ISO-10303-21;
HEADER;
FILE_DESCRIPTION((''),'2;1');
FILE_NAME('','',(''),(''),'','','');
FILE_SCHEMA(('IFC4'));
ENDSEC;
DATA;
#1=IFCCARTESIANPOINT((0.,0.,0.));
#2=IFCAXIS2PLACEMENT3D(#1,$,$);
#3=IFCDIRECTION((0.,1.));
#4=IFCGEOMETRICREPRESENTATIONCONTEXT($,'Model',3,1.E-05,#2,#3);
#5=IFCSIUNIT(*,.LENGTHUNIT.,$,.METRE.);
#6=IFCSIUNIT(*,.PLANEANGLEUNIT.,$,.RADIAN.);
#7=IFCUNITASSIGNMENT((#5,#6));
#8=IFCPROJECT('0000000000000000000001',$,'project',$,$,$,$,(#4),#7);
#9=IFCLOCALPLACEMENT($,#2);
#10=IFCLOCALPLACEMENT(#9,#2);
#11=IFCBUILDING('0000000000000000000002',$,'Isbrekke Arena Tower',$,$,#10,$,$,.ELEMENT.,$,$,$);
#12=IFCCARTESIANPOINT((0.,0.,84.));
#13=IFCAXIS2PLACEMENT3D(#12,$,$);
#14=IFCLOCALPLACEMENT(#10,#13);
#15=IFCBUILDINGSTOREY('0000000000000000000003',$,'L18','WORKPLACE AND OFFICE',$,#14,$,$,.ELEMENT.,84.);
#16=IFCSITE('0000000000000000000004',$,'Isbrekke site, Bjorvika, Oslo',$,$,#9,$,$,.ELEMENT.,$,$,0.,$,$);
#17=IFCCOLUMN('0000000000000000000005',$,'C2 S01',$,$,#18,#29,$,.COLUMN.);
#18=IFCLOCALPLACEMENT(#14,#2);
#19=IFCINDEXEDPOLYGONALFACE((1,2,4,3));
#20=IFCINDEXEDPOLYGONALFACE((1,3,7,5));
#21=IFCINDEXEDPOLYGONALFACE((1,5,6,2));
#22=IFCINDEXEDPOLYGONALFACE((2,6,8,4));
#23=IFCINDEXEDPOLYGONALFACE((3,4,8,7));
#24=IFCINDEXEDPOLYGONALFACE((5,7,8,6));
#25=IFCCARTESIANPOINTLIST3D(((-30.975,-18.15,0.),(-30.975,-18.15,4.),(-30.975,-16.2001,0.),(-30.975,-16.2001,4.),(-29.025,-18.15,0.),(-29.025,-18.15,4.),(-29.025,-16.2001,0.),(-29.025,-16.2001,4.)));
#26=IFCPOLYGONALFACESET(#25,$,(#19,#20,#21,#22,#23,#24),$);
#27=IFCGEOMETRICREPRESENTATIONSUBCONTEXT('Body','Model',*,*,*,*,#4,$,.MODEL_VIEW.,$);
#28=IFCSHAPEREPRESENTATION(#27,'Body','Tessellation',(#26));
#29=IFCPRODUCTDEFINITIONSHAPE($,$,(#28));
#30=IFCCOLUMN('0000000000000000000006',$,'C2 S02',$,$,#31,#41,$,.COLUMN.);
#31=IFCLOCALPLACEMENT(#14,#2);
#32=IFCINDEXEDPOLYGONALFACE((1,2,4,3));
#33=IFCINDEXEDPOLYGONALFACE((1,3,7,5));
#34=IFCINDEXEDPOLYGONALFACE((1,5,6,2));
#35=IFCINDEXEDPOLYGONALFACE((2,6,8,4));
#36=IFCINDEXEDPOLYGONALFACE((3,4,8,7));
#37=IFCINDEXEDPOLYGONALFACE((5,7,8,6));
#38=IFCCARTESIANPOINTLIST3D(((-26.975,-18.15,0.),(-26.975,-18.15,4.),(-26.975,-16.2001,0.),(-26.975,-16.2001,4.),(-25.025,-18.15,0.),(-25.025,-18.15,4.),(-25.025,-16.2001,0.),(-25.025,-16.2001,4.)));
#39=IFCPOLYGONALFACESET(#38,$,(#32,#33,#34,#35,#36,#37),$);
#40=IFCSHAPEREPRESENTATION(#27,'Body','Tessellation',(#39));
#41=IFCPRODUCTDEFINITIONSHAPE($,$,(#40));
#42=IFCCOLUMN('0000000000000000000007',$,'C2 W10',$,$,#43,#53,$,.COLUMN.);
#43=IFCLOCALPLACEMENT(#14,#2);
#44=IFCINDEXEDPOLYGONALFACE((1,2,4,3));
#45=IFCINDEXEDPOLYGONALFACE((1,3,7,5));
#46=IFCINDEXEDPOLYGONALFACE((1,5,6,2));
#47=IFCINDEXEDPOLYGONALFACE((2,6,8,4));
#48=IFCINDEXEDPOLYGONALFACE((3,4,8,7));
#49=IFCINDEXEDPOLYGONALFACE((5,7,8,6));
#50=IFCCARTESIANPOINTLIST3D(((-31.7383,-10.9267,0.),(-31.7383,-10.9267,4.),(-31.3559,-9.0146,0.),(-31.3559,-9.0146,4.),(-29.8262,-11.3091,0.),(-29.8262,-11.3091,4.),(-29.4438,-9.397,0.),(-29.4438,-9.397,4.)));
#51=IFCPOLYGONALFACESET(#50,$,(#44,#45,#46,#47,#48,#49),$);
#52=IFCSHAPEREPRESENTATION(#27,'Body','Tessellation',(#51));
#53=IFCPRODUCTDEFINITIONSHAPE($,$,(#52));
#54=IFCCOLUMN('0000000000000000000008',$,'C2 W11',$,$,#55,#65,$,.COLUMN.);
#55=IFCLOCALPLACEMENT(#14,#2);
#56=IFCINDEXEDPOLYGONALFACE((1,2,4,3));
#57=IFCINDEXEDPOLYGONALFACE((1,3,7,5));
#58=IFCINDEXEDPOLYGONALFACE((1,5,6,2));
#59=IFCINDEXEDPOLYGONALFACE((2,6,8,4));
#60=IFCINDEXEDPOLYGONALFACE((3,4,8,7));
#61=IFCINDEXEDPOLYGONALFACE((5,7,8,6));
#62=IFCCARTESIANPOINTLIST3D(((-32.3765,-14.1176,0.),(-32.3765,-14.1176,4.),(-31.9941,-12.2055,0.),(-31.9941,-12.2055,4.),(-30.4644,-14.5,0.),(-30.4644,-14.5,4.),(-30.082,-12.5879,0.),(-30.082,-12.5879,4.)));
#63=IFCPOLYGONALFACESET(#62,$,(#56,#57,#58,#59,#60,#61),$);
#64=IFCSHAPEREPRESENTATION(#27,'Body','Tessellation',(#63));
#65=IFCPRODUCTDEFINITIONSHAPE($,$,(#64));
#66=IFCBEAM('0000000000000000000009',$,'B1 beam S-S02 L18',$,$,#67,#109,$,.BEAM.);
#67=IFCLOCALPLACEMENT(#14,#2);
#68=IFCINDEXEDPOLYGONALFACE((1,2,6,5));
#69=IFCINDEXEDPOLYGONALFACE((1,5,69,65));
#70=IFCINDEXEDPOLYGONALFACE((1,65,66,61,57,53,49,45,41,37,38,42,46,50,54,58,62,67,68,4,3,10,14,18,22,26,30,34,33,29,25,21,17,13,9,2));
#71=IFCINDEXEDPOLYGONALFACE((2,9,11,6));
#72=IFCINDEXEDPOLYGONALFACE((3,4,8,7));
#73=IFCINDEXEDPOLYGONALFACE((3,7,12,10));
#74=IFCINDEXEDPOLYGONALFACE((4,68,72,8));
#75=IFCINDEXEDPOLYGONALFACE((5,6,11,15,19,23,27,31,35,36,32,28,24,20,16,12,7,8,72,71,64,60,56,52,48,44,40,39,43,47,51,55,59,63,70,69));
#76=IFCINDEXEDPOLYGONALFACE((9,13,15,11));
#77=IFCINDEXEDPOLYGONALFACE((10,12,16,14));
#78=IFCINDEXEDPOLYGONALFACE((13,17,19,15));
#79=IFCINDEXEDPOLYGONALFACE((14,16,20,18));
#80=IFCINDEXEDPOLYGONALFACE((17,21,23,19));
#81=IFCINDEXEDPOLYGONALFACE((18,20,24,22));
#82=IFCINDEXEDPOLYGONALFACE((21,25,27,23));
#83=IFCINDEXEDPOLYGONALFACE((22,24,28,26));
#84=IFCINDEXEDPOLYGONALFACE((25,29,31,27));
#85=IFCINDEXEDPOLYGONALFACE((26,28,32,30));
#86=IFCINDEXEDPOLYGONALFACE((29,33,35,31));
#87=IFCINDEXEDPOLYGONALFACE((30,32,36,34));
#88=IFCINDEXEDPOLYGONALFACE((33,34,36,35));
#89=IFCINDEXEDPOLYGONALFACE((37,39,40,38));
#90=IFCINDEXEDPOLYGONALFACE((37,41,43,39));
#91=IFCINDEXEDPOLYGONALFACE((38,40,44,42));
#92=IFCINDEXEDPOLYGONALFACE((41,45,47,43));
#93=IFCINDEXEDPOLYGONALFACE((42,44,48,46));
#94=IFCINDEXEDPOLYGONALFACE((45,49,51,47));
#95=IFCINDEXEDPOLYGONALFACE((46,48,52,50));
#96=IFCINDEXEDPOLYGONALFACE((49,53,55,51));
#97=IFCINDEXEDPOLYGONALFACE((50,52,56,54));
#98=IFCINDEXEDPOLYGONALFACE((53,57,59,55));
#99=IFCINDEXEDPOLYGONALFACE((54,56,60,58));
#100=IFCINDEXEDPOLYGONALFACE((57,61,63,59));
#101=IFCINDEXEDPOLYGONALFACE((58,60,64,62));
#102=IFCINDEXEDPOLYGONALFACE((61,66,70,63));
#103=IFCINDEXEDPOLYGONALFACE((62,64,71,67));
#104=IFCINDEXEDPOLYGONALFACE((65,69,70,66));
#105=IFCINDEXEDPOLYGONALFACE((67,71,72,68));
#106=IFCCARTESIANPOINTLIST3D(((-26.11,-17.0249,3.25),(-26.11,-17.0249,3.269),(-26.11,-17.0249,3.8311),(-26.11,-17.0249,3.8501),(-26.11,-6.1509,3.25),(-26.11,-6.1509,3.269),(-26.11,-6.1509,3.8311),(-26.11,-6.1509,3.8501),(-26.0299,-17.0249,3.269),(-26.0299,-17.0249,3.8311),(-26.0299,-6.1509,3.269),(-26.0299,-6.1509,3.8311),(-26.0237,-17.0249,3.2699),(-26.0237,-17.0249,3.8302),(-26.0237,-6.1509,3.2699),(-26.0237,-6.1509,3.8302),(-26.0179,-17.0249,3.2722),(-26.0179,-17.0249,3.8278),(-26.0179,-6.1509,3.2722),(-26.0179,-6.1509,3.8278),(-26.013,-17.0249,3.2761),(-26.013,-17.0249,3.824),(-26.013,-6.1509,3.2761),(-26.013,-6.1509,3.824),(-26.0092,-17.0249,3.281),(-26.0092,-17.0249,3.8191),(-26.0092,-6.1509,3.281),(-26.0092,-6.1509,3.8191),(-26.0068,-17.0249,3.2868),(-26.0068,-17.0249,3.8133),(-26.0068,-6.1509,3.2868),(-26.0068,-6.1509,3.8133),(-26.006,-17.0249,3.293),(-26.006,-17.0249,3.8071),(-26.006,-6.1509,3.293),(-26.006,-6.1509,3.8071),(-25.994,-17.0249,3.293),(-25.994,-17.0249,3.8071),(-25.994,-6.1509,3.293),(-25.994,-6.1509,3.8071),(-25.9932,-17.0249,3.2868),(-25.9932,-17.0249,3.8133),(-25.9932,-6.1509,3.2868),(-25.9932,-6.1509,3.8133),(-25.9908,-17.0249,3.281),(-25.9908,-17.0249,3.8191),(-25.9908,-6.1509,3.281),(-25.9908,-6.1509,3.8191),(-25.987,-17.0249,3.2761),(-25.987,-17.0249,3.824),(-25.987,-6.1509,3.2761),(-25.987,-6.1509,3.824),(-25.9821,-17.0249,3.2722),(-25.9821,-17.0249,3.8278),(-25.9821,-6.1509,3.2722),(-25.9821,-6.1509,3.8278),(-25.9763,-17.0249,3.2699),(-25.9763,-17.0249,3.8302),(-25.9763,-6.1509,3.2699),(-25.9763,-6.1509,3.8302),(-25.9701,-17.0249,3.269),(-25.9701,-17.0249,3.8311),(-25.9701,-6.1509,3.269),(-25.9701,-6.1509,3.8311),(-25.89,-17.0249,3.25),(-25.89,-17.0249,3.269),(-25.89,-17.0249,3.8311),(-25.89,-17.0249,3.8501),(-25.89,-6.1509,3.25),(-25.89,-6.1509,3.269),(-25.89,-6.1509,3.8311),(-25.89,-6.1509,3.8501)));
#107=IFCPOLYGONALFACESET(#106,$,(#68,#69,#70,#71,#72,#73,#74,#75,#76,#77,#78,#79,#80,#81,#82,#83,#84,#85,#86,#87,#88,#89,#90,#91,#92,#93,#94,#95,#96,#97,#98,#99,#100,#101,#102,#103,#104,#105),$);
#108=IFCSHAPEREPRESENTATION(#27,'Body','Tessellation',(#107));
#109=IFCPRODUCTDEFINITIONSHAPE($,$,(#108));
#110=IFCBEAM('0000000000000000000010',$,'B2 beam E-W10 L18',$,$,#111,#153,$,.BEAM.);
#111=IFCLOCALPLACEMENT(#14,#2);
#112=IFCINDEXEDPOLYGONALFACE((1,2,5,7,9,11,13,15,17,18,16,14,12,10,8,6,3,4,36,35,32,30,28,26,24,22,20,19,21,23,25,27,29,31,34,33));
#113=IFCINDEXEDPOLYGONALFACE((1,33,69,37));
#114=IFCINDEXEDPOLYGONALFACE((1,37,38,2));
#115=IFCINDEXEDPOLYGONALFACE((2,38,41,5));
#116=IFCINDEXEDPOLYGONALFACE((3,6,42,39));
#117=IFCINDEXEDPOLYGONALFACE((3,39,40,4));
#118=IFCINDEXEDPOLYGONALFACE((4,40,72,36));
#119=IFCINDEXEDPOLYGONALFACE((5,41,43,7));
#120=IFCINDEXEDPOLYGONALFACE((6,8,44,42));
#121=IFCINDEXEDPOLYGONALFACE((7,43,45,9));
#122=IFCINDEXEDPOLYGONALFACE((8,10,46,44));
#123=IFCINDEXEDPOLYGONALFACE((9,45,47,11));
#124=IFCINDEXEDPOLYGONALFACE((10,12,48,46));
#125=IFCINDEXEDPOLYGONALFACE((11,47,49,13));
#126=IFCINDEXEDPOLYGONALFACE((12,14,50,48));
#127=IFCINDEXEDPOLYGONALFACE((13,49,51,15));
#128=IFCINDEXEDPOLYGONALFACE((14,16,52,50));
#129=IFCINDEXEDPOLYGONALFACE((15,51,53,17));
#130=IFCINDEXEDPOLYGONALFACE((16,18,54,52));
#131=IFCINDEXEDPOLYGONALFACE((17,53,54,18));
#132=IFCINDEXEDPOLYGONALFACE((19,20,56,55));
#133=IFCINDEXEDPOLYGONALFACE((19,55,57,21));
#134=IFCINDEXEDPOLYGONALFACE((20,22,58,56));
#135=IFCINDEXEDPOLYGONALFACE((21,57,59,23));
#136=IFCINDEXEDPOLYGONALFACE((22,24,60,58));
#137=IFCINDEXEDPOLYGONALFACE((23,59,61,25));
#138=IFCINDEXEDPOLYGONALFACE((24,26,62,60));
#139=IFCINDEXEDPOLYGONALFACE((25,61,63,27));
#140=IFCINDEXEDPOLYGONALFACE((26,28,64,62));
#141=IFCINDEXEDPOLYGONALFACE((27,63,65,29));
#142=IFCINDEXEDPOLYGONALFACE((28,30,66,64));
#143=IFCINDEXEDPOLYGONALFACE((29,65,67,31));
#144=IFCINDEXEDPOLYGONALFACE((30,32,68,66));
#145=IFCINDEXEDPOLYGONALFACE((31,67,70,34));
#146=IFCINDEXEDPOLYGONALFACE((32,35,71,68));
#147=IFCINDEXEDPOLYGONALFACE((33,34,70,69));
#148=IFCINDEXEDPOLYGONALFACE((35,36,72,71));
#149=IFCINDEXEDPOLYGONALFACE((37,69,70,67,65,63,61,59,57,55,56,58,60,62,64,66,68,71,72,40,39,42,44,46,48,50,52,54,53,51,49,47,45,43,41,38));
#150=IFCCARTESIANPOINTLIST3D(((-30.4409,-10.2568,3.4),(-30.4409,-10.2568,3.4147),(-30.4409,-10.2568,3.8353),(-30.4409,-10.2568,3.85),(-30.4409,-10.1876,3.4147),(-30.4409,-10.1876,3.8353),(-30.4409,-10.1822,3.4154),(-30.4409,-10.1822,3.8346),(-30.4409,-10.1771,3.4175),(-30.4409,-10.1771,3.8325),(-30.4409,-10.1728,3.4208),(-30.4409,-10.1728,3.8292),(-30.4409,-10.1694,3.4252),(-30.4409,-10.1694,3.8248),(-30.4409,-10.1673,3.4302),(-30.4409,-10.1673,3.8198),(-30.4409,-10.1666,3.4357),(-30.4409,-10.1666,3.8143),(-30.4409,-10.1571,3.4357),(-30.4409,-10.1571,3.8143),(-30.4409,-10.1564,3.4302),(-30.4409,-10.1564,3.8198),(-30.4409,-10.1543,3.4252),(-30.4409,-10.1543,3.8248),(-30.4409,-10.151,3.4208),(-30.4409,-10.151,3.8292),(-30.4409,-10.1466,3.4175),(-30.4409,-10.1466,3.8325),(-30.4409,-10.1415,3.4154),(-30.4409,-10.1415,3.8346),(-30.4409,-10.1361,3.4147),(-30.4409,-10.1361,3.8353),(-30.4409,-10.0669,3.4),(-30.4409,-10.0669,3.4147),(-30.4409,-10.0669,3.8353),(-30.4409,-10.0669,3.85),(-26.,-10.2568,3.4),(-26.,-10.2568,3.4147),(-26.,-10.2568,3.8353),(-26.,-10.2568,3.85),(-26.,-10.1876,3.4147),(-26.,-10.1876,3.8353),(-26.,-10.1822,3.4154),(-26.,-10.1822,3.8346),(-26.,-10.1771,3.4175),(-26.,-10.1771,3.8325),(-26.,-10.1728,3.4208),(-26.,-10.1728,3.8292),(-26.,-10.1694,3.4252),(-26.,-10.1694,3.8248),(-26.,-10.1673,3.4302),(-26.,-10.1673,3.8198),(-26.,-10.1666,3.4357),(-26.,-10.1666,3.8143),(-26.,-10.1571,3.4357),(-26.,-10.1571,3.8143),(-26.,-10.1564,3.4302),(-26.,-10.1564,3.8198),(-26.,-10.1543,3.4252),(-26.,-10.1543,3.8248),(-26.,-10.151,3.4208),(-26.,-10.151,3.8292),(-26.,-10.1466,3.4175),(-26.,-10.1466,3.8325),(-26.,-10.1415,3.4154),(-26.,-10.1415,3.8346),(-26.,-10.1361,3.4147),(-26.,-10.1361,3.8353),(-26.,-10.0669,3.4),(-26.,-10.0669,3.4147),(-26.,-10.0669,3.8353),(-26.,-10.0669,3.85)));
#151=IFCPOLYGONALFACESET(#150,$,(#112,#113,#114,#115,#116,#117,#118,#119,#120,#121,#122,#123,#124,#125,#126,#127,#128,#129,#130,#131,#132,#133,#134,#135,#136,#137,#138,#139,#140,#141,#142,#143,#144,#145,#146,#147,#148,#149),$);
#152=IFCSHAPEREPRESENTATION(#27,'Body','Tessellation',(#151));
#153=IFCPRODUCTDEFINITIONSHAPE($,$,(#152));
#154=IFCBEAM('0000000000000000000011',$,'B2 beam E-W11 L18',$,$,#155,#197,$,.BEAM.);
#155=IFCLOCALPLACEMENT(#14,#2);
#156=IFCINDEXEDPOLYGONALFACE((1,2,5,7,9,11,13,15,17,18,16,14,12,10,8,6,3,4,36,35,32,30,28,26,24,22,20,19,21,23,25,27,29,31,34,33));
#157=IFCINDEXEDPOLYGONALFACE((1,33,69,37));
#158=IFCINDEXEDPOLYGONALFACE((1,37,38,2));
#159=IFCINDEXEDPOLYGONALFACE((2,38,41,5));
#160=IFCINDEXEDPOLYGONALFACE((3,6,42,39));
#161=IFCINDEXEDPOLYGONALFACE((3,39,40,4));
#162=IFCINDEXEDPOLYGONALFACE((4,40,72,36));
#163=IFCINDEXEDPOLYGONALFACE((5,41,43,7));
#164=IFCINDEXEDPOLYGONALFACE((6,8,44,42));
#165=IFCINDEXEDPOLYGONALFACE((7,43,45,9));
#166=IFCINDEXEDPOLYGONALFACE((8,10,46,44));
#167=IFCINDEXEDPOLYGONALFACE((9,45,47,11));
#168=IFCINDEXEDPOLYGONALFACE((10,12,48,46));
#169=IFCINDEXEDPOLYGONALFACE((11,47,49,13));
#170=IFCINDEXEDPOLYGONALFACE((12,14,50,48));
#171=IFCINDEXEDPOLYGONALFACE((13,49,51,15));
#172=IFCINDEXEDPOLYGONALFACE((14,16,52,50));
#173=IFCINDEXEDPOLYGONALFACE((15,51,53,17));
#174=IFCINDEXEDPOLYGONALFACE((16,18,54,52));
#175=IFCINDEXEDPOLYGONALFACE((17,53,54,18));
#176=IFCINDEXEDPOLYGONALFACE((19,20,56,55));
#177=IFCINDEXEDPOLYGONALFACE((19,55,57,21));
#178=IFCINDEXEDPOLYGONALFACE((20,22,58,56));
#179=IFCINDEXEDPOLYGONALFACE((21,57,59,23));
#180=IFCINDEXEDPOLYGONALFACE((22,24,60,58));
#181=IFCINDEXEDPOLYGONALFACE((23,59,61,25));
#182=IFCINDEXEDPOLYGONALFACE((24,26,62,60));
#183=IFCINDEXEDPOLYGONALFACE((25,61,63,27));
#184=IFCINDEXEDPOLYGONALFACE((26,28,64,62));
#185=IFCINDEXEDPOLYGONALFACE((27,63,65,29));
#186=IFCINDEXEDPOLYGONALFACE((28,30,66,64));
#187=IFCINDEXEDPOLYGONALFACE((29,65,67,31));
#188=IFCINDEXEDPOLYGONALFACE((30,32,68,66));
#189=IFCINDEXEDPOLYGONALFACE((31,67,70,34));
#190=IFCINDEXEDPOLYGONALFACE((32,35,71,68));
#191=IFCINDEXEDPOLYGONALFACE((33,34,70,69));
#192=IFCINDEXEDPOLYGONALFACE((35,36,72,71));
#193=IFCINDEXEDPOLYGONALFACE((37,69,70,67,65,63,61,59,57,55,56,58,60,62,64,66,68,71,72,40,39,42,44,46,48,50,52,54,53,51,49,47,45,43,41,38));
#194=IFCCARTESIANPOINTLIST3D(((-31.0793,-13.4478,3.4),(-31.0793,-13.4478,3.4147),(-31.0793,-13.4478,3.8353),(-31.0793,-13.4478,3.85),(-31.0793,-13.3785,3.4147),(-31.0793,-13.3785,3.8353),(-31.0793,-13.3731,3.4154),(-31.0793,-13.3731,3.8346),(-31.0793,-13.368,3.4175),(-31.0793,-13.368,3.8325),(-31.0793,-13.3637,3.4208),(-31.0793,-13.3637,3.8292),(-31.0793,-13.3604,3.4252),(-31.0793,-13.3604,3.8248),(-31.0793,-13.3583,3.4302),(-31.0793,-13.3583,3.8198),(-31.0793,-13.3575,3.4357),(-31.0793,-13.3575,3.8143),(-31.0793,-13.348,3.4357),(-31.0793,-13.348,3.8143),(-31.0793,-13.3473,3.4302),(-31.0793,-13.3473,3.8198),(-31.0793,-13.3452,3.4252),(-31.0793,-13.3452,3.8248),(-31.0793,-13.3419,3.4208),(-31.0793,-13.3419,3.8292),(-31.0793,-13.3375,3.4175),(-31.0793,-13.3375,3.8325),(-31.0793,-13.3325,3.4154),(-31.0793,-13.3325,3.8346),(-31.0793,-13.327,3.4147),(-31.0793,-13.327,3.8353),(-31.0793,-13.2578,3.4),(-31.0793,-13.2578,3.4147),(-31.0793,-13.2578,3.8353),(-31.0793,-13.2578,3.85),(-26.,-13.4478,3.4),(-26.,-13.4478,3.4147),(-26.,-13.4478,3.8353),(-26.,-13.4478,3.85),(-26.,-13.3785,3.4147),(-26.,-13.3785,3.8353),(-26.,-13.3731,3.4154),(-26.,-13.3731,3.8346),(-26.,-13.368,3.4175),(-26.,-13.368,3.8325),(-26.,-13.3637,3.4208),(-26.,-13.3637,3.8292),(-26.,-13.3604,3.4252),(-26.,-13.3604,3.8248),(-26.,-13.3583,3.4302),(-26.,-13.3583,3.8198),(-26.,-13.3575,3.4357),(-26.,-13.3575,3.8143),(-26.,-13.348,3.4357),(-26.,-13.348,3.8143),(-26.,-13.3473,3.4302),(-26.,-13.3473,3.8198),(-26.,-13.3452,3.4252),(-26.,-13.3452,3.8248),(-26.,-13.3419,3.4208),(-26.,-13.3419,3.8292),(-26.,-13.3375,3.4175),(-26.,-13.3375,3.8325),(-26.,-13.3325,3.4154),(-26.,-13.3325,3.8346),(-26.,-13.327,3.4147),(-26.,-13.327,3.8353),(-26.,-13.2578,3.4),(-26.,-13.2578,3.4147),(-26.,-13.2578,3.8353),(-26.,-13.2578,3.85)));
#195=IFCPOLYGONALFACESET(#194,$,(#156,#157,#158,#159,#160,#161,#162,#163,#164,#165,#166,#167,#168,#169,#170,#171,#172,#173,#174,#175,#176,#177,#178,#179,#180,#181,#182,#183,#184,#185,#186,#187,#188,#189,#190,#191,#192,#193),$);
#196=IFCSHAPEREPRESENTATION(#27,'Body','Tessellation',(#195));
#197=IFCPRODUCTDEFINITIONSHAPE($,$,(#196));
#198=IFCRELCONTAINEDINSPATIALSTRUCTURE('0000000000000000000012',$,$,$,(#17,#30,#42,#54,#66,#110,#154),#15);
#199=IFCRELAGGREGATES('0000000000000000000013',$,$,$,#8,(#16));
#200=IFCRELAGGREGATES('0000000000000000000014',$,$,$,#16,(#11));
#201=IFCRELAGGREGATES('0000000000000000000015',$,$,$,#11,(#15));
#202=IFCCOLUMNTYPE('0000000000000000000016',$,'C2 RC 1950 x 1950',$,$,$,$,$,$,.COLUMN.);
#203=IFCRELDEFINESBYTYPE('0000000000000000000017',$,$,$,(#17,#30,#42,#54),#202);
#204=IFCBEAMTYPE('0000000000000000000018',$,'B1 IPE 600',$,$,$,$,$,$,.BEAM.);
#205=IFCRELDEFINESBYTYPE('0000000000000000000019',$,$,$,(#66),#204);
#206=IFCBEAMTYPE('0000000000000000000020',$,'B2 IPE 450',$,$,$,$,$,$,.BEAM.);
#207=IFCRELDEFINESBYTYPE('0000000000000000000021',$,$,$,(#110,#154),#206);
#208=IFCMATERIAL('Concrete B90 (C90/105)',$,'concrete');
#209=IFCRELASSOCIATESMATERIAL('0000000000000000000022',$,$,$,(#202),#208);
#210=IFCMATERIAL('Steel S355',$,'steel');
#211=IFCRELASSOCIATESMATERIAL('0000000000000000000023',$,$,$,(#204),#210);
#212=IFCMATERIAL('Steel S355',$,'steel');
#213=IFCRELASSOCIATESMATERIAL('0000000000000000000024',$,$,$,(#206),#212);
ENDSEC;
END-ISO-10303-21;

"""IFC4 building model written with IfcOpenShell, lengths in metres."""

from ifc_helpers import new_model, si_unit, direction, frame, origin, origin_2d, place, context, subcontext, project, spatial, rectangle, i_section, extrude, material, material_profile, profile_set, type_object, element, save


model = new_model("IFC4")

# Units and contexts
model_context = context("Model", 3, precision=1e-05, world=origin(), true_north=direction((0.0, 1.0)))
body_context = subcontext(model_context, "Body", "Model", "MODEL_VIEW")
ifc_project = project(units=[si_unit("LENGTHUNIT", "METRE"), si_unit("PLANEANGLEUNIT", "RADIAN")], contexts=[model_context])

# Site, building, storey
site_placement = place(None, origin())
site = spatial("IfcSite", under=ifc_project, at=site_placement, Name="Isbrekke site, Bjorvika, Oslo", CompositionType="ELEMENT", RefElevation=0.0)
building_placement = place(site_placement, origin())
building = spatial("IfcBuilding", under=site, at=building_placement, Name="Isbrekke Arena Tower", CompositionType="ELEMENT")
storey_placement = place(building_placement, frame((0.0, 0.0, 84.0)))
storey = spatial("IfcBuildingStorey", under=building, at=storey_placement, Name="L18", Description="WORKPLACE AND OFFICE", CompositionType="ELEMENT", Elevation=84.0)

# Columns
ifc_material_1 = material(Name="Concrete B90 (C90/105)", Category="concrete")
ifc_material_profile_1 = material_profile(ifc_material_1, rectangle(XDim=1.95, YDim=1.95, at=origin_2d()), Name="RC 1950x1950")
ifc_profile_set_1 = profile_set([ifc_material_profile_1], Name="Concrete B90 (C90/105)")
column_type = type_object("IfcColumnType", Name="C2 RC 1950 x 1950", PredefinedType="COLUMN", material=ifc_profile_set_1)
for number, where, z_axis, x_axis, name in (
    (1, (-30.0, -17.175, 0.0), (0.0, 0.0, 1.0), (1.0, 0.0, 0.0), "C2 S01"),
    (2, (-26.0, -17.175, 0.0), (0.0, 0.0, 1.0), (1.0, 0.0, 0.0), "C2 S02"),
    (3, (-30.5911, -10.1619, 0.0), (0.0, 0.0, 1.0), (-0.196116, -0.980581, 0.0), "C2 W10"),
    (4, (-31.2292, -13.3528, 0.0), (0.0, 0.0, 1.0), (-0.196116, -0.980581, 0.0), "C2 W11"),
):
    element("IfcColumn", number, at=place(storey_placement, frame(where, z_axis=z_axis, x_axis=x_axis)), inside=storey, type_object=column_type, Name=name, PredefinedType="COLUMN", context=body_context, shape_type="SweptSolid", body=[
        extrude(rectangle(XDim=1.95, YDim=1.95, at=origin_2d()), origin(), (0.0, 0.0, 1.0), 4.0),
    ])

# Beams
ifc_material_2 = material(Name="Steel S355", Category="steel")
ifc_material_profile_2 = material_profile(ifc_material_2, i_section(OverallWidth=0.22, OverallDepth=0.6001, WebThickness=0.012, FlangeThickness=0.019, FilletRadius=0.0239, at=origin_2d()), Name="IPE 600")
ifc_profile_set_2 = profile_set([ifc_material_profile_2], Name="Steel S355")
beam_type_1 = type_object("IfcBeamType", Name="B1 IPE 600", PredefinedType="BEAM", material=ifc_profile_set_2)
beam_1_placement = place(storey_placement, frame((-26.0, -17.0249, 3.55), z_axis=(0.0, 1.0, 0.0), x_axis=(-1.0, 0.0, 0.0)))
element("IfcBeam", 5, at=beam_1_placement, inside=storey, type_object=beam_type_1, Name="B1 beam S-S02 L18", PredefinedType="BEAM", context=body_context, shape_type="SweptSolid", body=[
    extrude(i_section(OverallWidth=0.22, OverallDepth=0.6001, WebThickness=0.012, FlangeThickness=0.019, FilletRadius=0.0239, at=origin_2d()), origin(), (0.0, 0.0, 1.0), 10.874),
])
ifc_material_3 = material(Name="Steel S355", Category="steel")
ifc_material_profile_3 = material_profile(ifc_material_3, i_section(OverallWidth=0.1899, OverallDepth=0.45, WebThickness=0.0095, FlangeThickness=0.0146, FilletRadius=0.021, at=origin_2d()), Name="IPE 450")
ifc_profile_set_3 = profile_set([ifc_material_profile_3], Name="Steel S355")
beam_type_2 = type_object("IfcBeamType", Name="B2 IPE 450", PredefinedType="BEAM", material=ifc_profile_set_3)
beam_2_placement = place(storey_placement, frame((-30.4409, -10.1619, 3.625), z_axis=(1.0, 0.0, 0.0), x_axis=(0.0, 1.0, 0.0)))
element("IfcBeam", 6, at=beam_2_placement, inside=storey, type_object=beam_type_2, Name="B2 beam E-W10 L18", PredefinedType="BEAM", context=body_context, shape_type="SweptSolid", body=[
    extrude(i_section(OverallWidth=0.1899, OverallDepth=0.45, WebThickness=0.0095, FlangeThickness=0.0146, FilletRadius=0.021, at=origin_2d()), origin(), (0.0, 0.0, 1.0), 4.4409),
])
beam_3_placement = place(storey_placement, frame((-31.0793, -13.3528, 3.625), z_axis=(1.0, 0.0, 0.0), x_axis=(0.0, 1.0, 0.0)))
element("IfcBeam", 7, at=beam_3_placement, inside=storey, type_object=beam_type_2, Name="B2 beam E-W11 L18", PredefinedType="BEAM", context=body_context, shape_type="SweptSolid", body=[
    extrude(i_section(OverallWidth=0.1899, OverallDepth=0.45, WebThickness=0.0095, FlangeThickness=0.0146, FilletRadius=0.021, at=origin_2d()), origin(), (0.0, 0.0, 1.0), 5.0793),
])

save(model, "model.ifc")
